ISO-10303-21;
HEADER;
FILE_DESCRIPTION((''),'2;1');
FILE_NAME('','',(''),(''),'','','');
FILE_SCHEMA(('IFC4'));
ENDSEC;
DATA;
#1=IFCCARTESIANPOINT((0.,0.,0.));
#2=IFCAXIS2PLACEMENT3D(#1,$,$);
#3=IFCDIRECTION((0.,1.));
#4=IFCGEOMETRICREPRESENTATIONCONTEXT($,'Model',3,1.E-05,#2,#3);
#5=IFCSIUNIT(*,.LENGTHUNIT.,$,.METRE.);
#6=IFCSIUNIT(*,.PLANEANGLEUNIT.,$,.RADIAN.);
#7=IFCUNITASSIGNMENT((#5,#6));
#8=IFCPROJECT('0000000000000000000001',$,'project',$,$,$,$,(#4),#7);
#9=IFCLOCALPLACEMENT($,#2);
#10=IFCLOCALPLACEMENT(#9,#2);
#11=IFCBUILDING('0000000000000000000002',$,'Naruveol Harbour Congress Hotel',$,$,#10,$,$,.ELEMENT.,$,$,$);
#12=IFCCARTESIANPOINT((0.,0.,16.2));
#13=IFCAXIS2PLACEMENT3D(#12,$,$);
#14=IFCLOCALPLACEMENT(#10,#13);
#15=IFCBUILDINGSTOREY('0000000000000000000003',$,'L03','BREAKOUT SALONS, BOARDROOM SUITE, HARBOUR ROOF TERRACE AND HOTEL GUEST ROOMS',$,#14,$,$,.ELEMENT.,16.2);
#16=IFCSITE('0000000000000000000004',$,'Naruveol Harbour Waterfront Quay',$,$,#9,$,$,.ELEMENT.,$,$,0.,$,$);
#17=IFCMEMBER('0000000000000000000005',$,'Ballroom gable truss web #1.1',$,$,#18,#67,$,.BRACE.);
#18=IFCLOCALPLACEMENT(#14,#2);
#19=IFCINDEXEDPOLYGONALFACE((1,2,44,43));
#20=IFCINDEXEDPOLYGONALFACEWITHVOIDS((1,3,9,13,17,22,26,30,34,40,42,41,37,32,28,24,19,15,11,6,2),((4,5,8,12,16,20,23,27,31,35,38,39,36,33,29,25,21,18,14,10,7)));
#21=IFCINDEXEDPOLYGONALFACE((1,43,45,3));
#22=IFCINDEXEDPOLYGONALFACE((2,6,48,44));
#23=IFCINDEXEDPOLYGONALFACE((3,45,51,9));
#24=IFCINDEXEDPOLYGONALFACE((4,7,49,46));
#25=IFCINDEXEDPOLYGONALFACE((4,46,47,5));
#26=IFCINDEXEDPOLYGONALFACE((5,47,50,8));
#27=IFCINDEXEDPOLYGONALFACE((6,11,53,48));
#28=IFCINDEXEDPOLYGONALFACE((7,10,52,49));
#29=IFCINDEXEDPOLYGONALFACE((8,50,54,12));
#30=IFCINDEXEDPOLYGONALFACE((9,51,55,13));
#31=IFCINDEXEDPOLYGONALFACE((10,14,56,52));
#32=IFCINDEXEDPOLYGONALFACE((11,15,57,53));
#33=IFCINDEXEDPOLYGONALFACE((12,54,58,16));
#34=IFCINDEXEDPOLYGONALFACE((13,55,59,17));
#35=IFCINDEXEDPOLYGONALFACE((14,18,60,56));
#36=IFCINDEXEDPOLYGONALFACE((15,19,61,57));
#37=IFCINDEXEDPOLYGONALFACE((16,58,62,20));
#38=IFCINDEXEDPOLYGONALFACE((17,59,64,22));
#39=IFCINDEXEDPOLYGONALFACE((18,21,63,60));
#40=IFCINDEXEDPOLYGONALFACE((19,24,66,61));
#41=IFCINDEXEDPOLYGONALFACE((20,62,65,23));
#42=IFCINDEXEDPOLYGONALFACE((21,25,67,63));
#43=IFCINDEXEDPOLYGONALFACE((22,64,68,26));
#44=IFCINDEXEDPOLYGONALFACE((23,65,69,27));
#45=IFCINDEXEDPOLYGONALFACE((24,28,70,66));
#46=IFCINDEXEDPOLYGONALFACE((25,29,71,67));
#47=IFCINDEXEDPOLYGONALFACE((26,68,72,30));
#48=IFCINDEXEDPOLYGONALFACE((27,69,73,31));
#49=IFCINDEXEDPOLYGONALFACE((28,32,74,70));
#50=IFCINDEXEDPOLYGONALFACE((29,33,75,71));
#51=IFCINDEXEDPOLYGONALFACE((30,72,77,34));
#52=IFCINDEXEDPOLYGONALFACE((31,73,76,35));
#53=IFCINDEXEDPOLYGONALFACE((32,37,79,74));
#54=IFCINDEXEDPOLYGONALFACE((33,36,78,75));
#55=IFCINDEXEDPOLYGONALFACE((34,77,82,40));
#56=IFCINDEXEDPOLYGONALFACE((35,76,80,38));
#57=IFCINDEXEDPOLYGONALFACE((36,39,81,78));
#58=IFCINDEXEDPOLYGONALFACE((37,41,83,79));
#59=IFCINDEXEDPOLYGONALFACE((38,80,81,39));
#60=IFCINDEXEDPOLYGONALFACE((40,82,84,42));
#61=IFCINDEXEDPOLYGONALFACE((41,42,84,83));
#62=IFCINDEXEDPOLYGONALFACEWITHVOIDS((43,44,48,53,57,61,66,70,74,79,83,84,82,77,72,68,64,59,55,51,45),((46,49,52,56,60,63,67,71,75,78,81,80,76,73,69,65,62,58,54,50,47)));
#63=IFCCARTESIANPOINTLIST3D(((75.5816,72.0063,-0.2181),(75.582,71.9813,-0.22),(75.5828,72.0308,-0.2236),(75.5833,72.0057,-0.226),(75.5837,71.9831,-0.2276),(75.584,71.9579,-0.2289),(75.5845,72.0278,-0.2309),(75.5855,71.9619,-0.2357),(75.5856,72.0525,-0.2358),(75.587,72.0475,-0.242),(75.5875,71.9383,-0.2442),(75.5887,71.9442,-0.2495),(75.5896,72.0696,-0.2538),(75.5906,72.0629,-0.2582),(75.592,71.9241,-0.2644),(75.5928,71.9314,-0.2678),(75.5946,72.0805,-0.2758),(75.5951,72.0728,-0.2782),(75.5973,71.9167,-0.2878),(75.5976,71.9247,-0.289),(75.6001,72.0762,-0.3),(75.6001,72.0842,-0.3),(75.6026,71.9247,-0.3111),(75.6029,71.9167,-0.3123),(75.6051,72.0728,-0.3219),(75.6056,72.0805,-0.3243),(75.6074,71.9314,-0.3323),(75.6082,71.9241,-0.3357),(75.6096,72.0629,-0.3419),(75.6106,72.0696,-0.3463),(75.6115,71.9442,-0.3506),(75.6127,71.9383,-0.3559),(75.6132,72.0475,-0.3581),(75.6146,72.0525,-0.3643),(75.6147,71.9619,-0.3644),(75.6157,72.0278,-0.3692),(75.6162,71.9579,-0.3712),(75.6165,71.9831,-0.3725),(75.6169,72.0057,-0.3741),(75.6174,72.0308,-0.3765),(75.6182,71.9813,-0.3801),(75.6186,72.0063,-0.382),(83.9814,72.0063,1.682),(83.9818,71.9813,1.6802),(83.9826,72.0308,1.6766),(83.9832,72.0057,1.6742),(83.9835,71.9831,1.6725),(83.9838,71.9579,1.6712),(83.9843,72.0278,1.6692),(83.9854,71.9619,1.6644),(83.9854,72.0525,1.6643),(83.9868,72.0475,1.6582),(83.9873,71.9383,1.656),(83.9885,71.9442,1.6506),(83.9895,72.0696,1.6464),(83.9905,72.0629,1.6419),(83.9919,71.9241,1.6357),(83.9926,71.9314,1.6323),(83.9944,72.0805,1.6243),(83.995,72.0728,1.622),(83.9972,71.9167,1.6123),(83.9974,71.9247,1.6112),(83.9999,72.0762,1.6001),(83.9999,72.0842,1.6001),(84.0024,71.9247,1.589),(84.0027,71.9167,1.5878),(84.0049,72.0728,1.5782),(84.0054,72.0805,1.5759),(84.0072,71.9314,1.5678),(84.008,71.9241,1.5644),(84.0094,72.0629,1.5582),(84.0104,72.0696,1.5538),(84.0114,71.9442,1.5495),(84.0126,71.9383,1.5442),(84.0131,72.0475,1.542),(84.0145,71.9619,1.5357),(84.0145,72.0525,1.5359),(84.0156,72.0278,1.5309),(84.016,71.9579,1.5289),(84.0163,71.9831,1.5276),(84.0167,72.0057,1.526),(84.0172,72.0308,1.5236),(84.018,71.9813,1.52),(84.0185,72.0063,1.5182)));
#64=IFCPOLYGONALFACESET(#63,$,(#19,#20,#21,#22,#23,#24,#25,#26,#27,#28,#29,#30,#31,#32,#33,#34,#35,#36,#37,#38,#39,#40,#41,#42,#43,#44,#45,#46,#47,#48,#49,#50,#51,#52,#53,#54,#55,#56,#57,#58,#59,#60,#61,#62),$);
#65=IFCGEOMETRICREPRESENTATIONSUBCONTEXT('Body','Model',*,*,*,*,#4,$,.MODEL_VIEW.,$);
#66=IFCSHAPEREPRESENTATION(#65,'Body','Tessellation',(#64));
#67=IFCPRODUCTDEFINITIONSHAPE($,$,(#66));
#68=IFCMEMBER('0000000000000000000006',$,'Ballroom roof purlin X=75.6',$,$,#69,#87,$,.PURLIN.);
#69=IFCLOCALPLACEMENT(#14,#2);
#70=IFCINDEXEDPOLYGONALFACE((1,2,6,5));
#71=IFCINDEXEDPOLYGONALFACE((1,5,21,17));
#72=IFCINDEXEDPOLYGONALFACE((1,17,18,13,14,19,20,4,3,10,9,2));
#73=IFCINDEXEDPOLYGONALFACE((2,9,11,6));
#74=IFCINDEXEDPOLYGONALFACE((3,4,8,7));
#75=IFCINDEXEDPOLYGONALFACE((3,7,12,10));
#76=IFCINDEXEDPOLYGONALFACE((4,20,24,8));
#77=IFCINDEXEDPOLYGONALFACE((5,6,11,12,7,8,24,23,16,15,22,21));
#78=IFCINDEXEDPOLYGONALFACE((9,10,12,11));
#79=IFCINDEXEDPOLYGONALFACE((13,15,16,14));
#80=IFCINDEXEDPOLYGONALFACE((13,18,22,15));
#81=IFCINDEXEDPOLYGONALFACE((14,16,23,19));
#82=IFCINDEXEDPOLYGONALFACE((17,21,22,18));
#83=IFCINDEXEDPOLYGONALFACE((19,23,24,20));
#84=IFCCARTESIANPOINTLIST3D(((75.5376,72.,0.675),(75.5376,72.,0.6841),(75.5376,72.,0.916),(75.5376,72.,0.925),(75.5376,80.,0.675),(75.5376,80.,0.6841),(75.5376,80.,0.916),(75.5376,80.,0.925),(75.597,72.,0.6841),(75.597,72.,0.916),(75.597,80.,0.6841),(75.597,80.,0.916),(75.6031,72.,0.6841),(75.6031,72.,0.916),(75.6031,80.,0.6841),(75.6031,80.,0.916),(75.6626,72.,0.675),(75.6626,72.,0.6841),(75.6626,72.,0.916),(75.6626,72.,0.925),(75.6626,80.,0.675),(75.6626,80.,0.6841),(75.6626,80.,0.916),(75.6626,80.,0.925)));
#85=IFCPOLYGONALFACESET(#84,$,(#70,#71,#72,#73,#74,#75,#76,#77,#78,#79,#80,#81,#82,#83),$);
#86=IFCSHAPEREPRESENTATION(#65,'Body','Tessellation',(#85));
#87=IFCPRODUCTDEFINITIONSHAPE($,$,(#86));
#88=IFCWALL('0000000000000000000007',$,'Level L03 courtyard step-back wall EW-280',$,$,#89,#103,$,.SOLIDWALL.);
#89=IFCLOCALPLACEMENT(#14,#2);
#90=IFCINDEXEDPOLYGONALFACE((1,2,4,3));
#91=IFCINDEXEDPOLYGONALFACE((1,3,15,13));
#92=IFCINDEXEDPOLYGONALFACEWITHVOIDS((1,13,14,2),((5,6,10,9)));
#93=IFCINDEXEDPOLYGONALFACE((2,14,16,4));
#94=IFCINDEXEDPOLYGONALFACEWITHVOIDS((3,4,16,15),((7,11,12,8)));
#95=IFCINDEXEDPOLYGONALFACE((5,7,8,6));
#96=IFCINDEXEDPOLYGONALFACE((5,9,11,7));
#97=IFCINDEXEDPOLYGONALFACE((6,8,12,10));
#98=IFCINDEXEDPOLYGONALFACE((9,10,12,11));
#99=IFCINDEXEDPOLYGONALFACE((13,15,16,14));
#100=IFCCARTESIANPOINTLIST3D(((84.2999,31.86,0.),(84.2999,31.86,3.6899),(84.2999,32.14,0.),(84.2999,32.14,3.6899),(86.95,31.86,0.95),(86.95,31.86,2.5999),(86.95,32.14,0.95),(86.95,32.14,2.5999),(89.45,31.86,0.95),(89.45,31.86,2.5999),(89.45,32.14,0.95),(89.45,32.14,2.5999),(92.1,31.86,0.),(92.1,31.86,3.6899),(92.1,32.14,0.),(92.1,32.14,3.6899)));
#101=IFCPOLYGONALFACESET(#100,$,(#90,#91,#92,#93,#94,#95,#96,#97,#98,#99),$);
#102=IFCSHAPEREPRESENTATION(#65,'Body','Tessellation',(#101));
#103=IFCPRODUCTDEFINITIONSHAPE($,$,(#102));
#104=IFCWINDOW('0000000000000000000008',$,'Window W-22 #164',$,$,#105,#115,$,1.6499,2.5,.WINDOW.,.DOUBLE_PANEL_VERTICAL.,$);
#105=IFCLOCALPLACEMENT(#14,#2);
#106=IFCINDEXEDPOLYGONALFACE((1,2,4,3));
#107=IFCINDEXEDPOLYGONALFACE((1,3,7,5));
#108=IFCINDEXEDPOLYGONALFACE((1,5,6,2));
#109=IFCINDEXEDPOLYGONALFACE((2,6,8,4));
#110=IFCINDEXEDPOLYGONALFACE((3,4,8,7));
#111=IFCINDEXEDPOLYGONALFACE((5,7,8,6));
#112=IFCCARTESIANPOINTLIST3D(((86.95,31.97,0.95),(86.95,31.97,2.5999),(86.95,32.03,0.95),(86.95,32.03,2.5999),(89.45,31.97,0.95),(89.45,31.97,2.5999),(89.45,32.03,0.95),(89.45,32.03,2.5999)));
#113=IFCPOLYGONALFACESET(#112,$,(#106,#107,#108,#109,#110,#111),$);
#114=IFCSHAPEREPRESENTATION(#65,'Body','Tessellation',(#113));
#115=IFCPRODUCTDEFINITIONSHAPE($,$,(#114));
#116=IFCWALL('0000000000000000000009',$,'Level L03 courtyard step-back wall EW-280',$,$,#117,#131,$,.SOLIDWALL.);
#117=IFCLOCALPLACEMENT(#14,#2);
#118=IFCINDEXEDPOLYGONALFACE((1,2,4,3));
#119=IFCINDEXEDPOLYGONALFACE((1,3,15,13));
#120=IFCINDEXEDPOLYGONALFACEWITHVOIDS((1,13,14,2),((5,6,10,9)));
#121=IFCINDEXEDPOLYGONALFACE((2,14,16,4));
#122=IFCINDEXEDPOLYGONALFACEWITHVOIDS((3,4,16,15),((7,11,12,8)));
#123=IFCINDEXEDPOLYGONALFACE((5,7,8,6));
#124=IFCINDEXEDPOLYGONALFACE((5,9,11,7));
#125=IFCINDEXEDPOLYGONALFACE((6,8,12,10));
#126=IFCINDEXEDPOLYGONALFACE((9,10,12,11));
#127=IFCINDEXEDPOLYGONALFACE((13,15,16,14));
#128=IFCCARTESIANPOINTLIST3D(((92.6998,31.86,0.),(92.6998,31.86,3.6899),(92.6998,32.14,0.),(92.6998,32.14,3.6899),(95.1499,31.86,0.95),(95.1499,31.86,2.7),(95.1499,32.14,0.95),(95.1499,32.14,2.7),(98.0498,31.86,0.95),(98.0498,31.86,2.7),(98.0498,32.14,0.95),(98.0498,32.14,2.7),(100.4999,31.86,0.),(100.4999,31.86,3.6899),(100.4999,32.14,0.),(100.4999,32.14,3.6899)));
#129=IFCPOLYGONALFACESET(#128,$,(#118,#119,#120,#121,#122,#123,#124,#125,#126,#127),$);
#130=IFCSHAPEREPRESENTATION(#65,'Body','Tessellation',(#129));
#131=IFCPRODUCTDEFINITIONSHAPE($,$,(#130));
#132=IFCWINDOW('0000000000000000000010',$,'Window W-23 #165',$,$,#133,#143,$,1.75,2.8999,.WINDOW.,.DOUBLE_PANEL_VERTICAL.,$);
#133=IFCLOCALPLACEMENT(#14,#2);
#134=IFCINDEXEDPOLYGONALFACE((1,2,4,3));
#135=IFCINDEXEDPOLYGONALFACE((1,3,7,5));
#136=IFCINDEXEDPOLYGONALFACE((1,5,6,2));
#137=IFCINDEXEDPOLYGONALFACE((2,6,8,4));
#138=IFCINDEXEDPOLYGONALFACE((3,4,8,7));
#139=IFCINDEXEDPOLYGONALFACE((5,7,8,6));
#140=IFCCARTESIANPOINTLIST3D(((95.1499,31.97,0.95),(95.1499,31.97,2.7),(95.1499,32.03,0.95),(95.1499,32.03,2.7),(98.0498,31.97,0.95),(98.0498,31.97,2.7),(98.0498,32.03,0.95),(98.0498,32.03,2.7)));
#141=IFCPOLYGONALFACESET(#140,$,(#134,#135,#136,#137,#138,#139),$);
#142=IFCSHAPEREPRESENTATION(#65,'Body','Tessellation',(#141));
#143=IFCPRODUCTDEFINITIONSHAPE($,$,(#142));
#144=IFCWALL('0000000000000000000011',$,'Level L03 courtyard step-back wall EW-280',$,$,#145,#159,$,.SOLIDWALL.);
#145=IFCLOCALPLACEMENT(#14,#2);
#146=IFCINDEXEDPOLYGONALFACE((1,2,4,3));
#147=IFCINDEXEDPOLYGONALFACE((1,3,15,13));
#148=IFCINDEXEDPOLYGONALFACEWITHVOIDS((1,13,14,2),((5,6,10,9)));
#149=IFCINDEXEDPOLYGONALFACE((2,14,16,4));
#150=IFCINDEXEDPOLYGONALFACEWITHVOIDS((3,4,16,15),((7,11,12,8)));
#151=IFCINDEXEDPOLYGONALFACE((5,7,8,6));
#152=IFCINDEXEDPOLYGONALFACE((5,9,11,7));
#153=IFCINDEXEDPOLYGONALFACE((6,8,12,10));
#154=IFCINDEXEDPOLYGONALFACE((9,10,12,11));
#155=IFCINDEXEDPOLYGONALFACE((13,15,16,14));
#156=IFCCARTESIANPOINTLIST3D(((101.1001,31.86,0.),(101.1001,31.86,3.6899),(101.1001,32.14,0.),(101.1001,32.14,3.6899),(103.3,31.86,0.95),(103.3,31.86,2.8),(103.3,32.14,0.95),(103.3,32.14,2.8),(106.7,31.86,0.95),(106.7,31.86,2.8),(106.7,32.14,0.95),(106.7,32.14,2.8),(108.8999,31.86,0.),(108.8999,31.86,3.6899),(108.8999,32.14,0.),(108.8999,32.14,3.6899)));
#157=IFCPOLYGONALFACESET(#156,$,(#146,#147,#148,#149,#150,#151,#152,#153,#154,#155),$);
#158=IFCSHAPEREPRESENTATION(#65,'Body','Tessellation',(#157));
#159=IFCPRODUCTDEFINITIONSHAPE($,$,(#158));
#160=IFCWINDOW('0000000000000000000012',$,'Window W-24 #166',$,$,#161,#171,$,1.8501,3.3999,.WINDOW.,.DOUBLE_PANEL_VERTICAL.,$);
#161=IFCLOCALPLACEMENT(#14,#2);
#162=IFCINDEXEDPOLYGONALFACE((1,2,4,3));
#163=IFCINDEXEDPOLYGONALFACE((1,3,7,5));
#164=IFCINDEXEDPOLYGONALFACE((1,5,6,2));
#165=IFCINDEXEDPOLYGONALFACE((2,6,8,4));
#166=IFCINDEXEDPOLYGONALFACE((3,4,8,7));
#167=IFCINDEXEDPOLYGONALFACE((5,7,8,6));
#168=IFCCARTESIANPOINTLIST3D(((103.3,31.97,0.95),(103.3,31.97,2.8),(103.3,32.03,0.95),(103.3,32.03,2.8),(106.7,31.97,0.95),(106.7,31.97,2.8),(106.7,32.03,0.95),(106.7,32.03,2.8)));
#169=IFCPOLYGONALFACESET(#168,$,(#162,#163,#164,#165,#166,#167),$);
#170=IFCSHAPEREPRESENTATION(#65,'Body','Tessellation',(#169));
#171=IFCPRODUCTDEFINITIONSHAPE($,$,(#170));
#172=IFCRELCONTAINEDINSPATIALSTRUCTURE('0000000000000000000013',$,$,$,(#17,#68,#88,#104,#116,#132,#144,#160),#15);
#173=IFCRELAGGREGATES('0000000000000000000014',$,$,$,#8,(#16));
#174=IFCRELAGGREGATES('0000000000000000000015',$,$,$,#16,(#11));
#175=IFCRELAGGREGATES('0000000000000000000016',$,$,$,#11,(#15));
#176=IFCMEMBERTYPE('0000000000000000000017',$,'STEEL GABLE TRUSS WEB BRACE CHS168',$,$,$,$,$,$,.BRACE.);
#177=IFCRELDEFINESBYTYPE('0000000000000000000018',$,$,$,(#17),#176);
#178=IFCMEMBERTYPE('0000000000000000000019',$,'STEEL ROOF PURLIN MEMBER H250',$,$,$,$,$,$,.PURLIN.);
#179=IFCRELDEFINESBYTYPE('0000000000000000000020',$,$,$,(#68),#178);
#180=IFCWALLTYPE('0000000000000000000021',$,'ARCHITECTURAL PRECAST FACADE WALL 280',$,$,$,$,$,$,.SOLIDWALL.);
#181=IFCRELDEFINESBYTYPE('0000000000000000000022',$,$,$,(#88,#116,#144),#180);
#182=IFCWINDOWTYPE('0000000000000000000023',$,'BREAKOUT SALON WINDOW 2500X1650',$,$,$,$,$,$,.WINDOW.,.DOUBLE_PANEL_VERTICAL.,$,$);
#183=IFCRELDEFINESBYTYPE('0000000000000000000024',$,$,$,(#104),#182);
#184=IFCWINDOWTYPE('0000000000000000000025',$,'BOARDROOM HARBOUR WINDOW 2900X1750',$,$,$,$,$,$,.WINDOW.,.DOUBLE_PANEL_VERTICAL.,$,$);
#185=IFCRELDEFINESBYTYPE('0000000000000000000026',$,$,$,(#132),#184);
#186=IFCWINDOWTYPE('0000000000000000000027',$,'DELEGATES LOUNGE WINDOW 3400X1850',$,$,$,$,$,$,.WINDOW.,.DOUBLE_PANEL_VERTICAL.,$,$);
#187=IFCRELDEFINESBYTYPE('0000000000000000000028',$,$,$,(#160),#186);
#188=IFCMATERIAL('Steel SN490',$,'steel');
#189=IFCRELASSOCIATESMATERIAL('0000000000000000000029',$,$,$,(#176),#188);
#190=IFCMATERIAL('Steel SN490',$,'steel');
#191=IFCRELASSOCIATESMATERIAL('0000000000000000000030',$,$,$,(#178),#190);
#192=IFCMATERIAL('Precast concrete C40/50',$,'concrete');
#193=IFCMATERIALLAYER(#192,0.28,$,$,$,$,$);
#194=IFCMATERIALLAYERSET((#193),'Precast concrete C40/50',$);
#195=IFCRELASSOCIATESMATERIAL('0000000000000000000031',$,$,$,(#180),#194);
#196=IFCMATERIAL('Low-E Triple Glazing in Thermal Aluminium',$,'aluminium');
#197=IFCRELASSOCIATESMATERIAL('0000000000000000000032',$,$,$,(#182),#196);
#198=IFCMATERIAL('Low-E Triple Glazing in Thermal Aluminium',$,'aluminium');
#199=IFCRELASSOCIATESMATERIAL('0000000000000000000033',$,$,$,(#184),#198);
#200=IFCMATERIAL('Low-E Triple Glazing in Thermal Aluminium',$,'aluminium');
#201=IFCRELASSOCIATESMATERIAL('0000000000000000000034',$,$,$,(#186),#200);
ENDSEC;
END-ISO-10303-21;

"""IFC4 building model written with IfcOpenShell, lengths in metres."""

from ifc_helpers import new_model, si_unit, direction, frame, frame_2d, origin, origin_2d, place, context, subcontext, project, spatial, rectangle, hollow_circle, i_section, extrude, material, layer, layer_set, material_profile, profile_set, type_object, element, fill, save


model = new_model("IFC4")

# Units and contexts
model_context = context("Model", 3, precision=1e-05, world=origin(), true_north=direction((0.0, 1.0)))
body_context = subcontext(model_context, "Body", "Model", "MODEL_VIEW")
ifc_project = project(units=[si_unit("LENGTHUNIT", "METRE"), si_unit("PLANEANGLEUNIT", "RADIAN")], contexts=[model_context])

# Site, building, storey
site_placement = place(None, origin())
site = spatial("IfcSite", under=ifc_project, at=site_placement, Name="Naruveol Harbour Waterfront Quay", CompositionType="ELEMENT", RefElevation=0.0)
building_placement = place(site_placement, origin())
building = spatial("IfcBuilding", under=site, at=building_placement, Name="Naruveol Harbour Congress Hotel", CompositionType="ELEMENT")
storey_placement = place(building_placement, frame((0.0, 0.0, 16.2)))
storey = spatial("IfcBuildingStorey", under=building, at=storey_placement, Name="L03", Description="BREAKOUT SALONS, BOARDROOM SUITE, HARBOUR ROOF TERRACE AND HOTEL GUEST ROOMS", CompositionType="ELEMENT", Elevation=16.2)

# Members
ifc_material_1 = material(Name="Steel SN490", Category="steel")
ifc_material_profile_1 = material_profile(ifc_material_1, hollow_circle(Radius=0.0842, WallThickness=0.0081, at=origin_2d()), Name="CHS-168.3x8")
ifc_profile_set_1 = profile_set([ifc_material_profile_1], Name="Steel SN490")
member_type_1 = type_object("IfcMemberType", Name="STEEL GABLE TRUSS WEB BRACE CHS168", PredefinedType="BRACE", material=ifc_profile_set_1)
member_1_placement = place(storey_placement, frame((75.6001, 72.0, -0.3), z_axis=(0.975356, 0.0, 0.220636), x_axis=(0.0, 1.0, 0.0)))
element("IfcMember", 1, at=member_1_placement, inside=storey, type_object=member_type_1, Name="Ballroom gable truss web #1.1", PredefinedType="BRACE", context=body_context, shape_type="SweptSolid", body=[
    extrude(hollow_circle(Radius=0.0842, WallThickness=0.0081, at=origin_2d()), origin(), (0.0, 0.0, 1.0), 8.6121),
])
ifc_material_2 = material(Name="Steel SN490", Category="steel")
ifc_material_profile_2 = material_profile(ifc_material_2, i_section(OverallWidth=0.125, OverallDepth=0.25, WebThickness=0.0061, FlangeThickness=0.009, at=origin_2d()), Name="H-250x125x6x9")
ifc_profile_set_2 = profile_set([ifc_material_profile_2], Name="Steel SN490")
member_type_2 = type_object("IfcMemberType", Name="STEEL ROOF PURLIN MEMBER H250", PredefinedType="PURLIN", material=ifc_profile_set_2)
member_2_placement = place(storey_placement, frame((75.6001, 72.0, 0.8), z_axis=(0.0, 1.0, 0.0), x_axis=(-1.0, 0.0, 0.0)))
element("IfcMember", 2, at=member_2_placement, inside=storey, type_object=member_type_2, Name="Ballroom roof purlin X=75.6", PredefinedType="PURLIN", context=body_context, shape_type="SweptSolid", body=[
    extrude(i_section(OverallWidth=0.125, OverallDepth=0.25, WebThickness=0.0061, FlangeThickness=0.009, at=origin_2d()), origin(), (0.0, 0.0, 1.0), 8.0),
])

# Walls, openings, windows
ifc_material_3 = material(Name="Precast concrete C40/50", Category="concrete")
ifc_layer = layer(ifc_material_3, 0.28)
ifc_layer_set = layer_set([ifc_layer], Name="Precast concrete C40/50")
wall_type = type_object("IfcWallType", Name="ARCHITECTURAL PRECAST FACADE WALL 280", PredefinedType="SOLIDWALL", material=ifc_layer_set)
wall_1_placement = place(storey_placement, frame((84.3, 32.0, 0.0), z_axis=(0.0, 0.0, 1.0), x_axis=(1.0, 0.0, 0.0)))
wall_1 = element("IfcWall", 3, at=wall_1_placement, inside=storey, type_object=wall_type, Name="Level L03 courtyard step-back wall EW-280", PredefinedType="SOLIDWALL", context=body_context, shape_type="SweptSolid", body=[
    extrude(rectangle(XDim=7.8, YDim=0.28, at=frame_2d((3.8999, 0.0))), origin(), (0.0, 0.0, 1.0), 3.6899),
])
opening_1_placement = place(wall_1_placement, frame((2.6499, 0.0, 0.95)))
opening_1 = element("IfcOpeningElement", 4, at=opening_1_placement, cuts=wall_1, PredefinedType="OPENING", context=body_context, shape_type="SweptSolid", body=[
    extrude(rectangle(XDim=2.5, YDim=1.6499, at=frame_2d((1.25, 0.825))), frame((0.0, 0.1499, 0.0), z_axis=(0.0, -1.0, 0.0), x_axis=(1.0, 0.0, 0.0)), (0.0, 0.0, 1.0), 0.3),
])
ifc_material_4 = material(Name="Low-E Triple Glazing in Thermal Aluminium", Category="aluminium")
window_type_1 = type_object("IfcWindowType", Name="BREAKOUT SALON WINDOW 2500X1650", PartitioningType="DOUBLE_PANEL_VERTICAL", PredefinedType="WINDOW", material=ifc_material_4)
window_1_placement = place(opening_1_placement, origin())
window_1 = element("IfcWindow", 5, at=window_1_placement, inside=storey, type_object=window_type_1, Name="Window W-22 #164", OverallHeight=1.6499, OverallWidth=2.5, PartitioningType="DOUBLE_PANEL_VERTICAL", PredefinedType="WINDOW", context=body_context, shape_type="SweptSolid", body=[
    extrude(rectangle(XDim=2.5, YDim=1.6499, at=frame_2d((1.25, 0.825))), frame((0.0, 0.03, 0.0), z_axis=(0.0, -1.0, 0.0), x_axis=(1.0, 0.0, 0.0)), (0.0, 0.0, 1.0), 0.0601),
])
fill(opening_1, window_1)
wall_2_placement = place(storey_placement, frame((92.7, 32.0, 0.0), z_axis=(0.0, 0.0, 1.0), x_axis=(1.0, 0.0, 0.0)))
wall_2 = element("IfcWall", 6, at=wall_2_placement, inside=storey, type_object=wall_type, Name="Level L03 courtyard step-back wall EW-280", PredefinedType="SOLIDWALL", context=body_context, shape_type="SweptSolid", body=[
    extrude(rectangle(XDim=7.8, YDim=0.28, at=frame_2d((3.8999, 0.0))), origin(), (0.0, 0.0, 1.0), 3.6899),
])
opening_2_placement = place(wall_2_placement, frame((2.45, 0.0, 0.95)))
opening_2 = element("IfcOpeningElement", 7, at=opening_2_placement, cuts=wall_2, PredefinedType="OPENING", context=body_context, shape_type="SweptSolid", body=[
    extrude(rectangle(XDim=2.8999, YDim=1.75, at=frame_2d((1.45, 0.875))), frame((0.0, 0.1499, 0.0), z_axis=(0.0, -1.0, 0.0), x_axis=(1.0, 0.0, 0.0)), (0.0, 0.0, 1.0), 0.3),
])
ifc_material_5 = material(Name="Low-E Triple Glazing in Thermal Aluminium", Category="aluminium")
window_type_2 = type_object("IfcWindowType", Name="BOARDROOM HARBOUR WINDOW 2900X1750", PartitioningType="DOUBLE_PANEL_VERTICAL", PredefinedType="WINDOW", material=ifc_material_5)
window_2_placement = place(opening_2_placement, origin())
window_2 = element("IfcWindow", 8, at=window_2_placement, inside=storey, type_object=window_type_2, Name="Window W-23 #165", OverallHeight=1.75, OverallWidth=2.8999, PartitioningType="DOUBLE_PANEL_VERTICAL", PredefinedType="WINDOW", context=body_context, shape_type="SweptSolid", body=[
    extrude(rectangle(XDim=2.8999, YDim=1.75, at=frame_2d((1.45, 0.875))), frame((0.0, 0.03, 0.0), z_axis=(0.0, -1.0, 0.0), x_axis=(1.0, 0.0, 0.0)), (0.0, 0.0, 1.0), 0.0601),
])
fill(opening_2, window_2)
wall_3_placement = place(storey_placement, frame((101.1001, 32.0, 0.0), z_axis=(0.0, 0.0, 1.0), x_axis=(1.0, 0.0, 0.0)))
wall_3 = element("IfcWall", 9, at=wall_3_placement, inside=storey, type_object=wall_type, Name="Level L03 courtyard step-back wall EW-280", PredefinedType="SOLIDWALL", context=body_context, shape_type="SweptSolid", body=[
    extrude(rectangle(XDim=7.7998, YDim=0.28, at=frame_2d((3.8999, 0.0))), origin(), (0.0, 0.0, 1.0), 3.6899),
])
opening_3_placement = place(wall_3_placement, frame((2.2, 0.0, 0.95)))
opening_3 = element("IfcOpeningElement", 10, at=opening_3_placement, cuts=wall_3, PredefinedType="OPENING", context=body_context, shape_type="SweptSolid", body=[
    extrude(rectangle(XDim=3.3999, YDim=1.8501, at=frame_2d((1.7, 0.925))), frame((0.0, 0.1499, 0.0), z_axis=(0.0, -1.0, 0.0), x_axis=(1.0, 0.0, 0.0)), (0.0, 0.0, 1.0), 0.3),
])
ifc_material_6 = material(Name="Low-E Triple Glazing in Thermal Aluminium", Category="aluminium")
window_type_3 = type_object("IfcWindowType", Name="DELEGATES LOUNGE WINDOW 3400X1850", PartitioningType="DOUBLE_PANEL_VERTICAL", PredefinedType="WINDOW", material=ifc_material_6)
window_3_placement = place(opening_3_placement, origin())
window_3 = element("IfcWindow", 11, at=window_3_placement, inside=storey, type_object=window_type_3, Name="Window W-24 #166", OverallHeight=1.8501, OverallWidth=3.3999, PartitioningType="DOUBLE_PANEL_VERTICAL", PredefinedType="WINDOW", context=body_context, shape_type="SweptSolid", body=[
    extrude(rectangle(XDim=3.3999, YDim=1.8501, at=frame_2d((1.7, 0.925))), frame((0.0, 0.03, 0.0), z_axis=(0.0, -1.0, 0.0), x_axis=(1.0, 0.0, 0.0)), (0.0, 0.0, 1.0), 0.0601),
])
fill(opening_3, window_3)

save(model, "model.ifc")
